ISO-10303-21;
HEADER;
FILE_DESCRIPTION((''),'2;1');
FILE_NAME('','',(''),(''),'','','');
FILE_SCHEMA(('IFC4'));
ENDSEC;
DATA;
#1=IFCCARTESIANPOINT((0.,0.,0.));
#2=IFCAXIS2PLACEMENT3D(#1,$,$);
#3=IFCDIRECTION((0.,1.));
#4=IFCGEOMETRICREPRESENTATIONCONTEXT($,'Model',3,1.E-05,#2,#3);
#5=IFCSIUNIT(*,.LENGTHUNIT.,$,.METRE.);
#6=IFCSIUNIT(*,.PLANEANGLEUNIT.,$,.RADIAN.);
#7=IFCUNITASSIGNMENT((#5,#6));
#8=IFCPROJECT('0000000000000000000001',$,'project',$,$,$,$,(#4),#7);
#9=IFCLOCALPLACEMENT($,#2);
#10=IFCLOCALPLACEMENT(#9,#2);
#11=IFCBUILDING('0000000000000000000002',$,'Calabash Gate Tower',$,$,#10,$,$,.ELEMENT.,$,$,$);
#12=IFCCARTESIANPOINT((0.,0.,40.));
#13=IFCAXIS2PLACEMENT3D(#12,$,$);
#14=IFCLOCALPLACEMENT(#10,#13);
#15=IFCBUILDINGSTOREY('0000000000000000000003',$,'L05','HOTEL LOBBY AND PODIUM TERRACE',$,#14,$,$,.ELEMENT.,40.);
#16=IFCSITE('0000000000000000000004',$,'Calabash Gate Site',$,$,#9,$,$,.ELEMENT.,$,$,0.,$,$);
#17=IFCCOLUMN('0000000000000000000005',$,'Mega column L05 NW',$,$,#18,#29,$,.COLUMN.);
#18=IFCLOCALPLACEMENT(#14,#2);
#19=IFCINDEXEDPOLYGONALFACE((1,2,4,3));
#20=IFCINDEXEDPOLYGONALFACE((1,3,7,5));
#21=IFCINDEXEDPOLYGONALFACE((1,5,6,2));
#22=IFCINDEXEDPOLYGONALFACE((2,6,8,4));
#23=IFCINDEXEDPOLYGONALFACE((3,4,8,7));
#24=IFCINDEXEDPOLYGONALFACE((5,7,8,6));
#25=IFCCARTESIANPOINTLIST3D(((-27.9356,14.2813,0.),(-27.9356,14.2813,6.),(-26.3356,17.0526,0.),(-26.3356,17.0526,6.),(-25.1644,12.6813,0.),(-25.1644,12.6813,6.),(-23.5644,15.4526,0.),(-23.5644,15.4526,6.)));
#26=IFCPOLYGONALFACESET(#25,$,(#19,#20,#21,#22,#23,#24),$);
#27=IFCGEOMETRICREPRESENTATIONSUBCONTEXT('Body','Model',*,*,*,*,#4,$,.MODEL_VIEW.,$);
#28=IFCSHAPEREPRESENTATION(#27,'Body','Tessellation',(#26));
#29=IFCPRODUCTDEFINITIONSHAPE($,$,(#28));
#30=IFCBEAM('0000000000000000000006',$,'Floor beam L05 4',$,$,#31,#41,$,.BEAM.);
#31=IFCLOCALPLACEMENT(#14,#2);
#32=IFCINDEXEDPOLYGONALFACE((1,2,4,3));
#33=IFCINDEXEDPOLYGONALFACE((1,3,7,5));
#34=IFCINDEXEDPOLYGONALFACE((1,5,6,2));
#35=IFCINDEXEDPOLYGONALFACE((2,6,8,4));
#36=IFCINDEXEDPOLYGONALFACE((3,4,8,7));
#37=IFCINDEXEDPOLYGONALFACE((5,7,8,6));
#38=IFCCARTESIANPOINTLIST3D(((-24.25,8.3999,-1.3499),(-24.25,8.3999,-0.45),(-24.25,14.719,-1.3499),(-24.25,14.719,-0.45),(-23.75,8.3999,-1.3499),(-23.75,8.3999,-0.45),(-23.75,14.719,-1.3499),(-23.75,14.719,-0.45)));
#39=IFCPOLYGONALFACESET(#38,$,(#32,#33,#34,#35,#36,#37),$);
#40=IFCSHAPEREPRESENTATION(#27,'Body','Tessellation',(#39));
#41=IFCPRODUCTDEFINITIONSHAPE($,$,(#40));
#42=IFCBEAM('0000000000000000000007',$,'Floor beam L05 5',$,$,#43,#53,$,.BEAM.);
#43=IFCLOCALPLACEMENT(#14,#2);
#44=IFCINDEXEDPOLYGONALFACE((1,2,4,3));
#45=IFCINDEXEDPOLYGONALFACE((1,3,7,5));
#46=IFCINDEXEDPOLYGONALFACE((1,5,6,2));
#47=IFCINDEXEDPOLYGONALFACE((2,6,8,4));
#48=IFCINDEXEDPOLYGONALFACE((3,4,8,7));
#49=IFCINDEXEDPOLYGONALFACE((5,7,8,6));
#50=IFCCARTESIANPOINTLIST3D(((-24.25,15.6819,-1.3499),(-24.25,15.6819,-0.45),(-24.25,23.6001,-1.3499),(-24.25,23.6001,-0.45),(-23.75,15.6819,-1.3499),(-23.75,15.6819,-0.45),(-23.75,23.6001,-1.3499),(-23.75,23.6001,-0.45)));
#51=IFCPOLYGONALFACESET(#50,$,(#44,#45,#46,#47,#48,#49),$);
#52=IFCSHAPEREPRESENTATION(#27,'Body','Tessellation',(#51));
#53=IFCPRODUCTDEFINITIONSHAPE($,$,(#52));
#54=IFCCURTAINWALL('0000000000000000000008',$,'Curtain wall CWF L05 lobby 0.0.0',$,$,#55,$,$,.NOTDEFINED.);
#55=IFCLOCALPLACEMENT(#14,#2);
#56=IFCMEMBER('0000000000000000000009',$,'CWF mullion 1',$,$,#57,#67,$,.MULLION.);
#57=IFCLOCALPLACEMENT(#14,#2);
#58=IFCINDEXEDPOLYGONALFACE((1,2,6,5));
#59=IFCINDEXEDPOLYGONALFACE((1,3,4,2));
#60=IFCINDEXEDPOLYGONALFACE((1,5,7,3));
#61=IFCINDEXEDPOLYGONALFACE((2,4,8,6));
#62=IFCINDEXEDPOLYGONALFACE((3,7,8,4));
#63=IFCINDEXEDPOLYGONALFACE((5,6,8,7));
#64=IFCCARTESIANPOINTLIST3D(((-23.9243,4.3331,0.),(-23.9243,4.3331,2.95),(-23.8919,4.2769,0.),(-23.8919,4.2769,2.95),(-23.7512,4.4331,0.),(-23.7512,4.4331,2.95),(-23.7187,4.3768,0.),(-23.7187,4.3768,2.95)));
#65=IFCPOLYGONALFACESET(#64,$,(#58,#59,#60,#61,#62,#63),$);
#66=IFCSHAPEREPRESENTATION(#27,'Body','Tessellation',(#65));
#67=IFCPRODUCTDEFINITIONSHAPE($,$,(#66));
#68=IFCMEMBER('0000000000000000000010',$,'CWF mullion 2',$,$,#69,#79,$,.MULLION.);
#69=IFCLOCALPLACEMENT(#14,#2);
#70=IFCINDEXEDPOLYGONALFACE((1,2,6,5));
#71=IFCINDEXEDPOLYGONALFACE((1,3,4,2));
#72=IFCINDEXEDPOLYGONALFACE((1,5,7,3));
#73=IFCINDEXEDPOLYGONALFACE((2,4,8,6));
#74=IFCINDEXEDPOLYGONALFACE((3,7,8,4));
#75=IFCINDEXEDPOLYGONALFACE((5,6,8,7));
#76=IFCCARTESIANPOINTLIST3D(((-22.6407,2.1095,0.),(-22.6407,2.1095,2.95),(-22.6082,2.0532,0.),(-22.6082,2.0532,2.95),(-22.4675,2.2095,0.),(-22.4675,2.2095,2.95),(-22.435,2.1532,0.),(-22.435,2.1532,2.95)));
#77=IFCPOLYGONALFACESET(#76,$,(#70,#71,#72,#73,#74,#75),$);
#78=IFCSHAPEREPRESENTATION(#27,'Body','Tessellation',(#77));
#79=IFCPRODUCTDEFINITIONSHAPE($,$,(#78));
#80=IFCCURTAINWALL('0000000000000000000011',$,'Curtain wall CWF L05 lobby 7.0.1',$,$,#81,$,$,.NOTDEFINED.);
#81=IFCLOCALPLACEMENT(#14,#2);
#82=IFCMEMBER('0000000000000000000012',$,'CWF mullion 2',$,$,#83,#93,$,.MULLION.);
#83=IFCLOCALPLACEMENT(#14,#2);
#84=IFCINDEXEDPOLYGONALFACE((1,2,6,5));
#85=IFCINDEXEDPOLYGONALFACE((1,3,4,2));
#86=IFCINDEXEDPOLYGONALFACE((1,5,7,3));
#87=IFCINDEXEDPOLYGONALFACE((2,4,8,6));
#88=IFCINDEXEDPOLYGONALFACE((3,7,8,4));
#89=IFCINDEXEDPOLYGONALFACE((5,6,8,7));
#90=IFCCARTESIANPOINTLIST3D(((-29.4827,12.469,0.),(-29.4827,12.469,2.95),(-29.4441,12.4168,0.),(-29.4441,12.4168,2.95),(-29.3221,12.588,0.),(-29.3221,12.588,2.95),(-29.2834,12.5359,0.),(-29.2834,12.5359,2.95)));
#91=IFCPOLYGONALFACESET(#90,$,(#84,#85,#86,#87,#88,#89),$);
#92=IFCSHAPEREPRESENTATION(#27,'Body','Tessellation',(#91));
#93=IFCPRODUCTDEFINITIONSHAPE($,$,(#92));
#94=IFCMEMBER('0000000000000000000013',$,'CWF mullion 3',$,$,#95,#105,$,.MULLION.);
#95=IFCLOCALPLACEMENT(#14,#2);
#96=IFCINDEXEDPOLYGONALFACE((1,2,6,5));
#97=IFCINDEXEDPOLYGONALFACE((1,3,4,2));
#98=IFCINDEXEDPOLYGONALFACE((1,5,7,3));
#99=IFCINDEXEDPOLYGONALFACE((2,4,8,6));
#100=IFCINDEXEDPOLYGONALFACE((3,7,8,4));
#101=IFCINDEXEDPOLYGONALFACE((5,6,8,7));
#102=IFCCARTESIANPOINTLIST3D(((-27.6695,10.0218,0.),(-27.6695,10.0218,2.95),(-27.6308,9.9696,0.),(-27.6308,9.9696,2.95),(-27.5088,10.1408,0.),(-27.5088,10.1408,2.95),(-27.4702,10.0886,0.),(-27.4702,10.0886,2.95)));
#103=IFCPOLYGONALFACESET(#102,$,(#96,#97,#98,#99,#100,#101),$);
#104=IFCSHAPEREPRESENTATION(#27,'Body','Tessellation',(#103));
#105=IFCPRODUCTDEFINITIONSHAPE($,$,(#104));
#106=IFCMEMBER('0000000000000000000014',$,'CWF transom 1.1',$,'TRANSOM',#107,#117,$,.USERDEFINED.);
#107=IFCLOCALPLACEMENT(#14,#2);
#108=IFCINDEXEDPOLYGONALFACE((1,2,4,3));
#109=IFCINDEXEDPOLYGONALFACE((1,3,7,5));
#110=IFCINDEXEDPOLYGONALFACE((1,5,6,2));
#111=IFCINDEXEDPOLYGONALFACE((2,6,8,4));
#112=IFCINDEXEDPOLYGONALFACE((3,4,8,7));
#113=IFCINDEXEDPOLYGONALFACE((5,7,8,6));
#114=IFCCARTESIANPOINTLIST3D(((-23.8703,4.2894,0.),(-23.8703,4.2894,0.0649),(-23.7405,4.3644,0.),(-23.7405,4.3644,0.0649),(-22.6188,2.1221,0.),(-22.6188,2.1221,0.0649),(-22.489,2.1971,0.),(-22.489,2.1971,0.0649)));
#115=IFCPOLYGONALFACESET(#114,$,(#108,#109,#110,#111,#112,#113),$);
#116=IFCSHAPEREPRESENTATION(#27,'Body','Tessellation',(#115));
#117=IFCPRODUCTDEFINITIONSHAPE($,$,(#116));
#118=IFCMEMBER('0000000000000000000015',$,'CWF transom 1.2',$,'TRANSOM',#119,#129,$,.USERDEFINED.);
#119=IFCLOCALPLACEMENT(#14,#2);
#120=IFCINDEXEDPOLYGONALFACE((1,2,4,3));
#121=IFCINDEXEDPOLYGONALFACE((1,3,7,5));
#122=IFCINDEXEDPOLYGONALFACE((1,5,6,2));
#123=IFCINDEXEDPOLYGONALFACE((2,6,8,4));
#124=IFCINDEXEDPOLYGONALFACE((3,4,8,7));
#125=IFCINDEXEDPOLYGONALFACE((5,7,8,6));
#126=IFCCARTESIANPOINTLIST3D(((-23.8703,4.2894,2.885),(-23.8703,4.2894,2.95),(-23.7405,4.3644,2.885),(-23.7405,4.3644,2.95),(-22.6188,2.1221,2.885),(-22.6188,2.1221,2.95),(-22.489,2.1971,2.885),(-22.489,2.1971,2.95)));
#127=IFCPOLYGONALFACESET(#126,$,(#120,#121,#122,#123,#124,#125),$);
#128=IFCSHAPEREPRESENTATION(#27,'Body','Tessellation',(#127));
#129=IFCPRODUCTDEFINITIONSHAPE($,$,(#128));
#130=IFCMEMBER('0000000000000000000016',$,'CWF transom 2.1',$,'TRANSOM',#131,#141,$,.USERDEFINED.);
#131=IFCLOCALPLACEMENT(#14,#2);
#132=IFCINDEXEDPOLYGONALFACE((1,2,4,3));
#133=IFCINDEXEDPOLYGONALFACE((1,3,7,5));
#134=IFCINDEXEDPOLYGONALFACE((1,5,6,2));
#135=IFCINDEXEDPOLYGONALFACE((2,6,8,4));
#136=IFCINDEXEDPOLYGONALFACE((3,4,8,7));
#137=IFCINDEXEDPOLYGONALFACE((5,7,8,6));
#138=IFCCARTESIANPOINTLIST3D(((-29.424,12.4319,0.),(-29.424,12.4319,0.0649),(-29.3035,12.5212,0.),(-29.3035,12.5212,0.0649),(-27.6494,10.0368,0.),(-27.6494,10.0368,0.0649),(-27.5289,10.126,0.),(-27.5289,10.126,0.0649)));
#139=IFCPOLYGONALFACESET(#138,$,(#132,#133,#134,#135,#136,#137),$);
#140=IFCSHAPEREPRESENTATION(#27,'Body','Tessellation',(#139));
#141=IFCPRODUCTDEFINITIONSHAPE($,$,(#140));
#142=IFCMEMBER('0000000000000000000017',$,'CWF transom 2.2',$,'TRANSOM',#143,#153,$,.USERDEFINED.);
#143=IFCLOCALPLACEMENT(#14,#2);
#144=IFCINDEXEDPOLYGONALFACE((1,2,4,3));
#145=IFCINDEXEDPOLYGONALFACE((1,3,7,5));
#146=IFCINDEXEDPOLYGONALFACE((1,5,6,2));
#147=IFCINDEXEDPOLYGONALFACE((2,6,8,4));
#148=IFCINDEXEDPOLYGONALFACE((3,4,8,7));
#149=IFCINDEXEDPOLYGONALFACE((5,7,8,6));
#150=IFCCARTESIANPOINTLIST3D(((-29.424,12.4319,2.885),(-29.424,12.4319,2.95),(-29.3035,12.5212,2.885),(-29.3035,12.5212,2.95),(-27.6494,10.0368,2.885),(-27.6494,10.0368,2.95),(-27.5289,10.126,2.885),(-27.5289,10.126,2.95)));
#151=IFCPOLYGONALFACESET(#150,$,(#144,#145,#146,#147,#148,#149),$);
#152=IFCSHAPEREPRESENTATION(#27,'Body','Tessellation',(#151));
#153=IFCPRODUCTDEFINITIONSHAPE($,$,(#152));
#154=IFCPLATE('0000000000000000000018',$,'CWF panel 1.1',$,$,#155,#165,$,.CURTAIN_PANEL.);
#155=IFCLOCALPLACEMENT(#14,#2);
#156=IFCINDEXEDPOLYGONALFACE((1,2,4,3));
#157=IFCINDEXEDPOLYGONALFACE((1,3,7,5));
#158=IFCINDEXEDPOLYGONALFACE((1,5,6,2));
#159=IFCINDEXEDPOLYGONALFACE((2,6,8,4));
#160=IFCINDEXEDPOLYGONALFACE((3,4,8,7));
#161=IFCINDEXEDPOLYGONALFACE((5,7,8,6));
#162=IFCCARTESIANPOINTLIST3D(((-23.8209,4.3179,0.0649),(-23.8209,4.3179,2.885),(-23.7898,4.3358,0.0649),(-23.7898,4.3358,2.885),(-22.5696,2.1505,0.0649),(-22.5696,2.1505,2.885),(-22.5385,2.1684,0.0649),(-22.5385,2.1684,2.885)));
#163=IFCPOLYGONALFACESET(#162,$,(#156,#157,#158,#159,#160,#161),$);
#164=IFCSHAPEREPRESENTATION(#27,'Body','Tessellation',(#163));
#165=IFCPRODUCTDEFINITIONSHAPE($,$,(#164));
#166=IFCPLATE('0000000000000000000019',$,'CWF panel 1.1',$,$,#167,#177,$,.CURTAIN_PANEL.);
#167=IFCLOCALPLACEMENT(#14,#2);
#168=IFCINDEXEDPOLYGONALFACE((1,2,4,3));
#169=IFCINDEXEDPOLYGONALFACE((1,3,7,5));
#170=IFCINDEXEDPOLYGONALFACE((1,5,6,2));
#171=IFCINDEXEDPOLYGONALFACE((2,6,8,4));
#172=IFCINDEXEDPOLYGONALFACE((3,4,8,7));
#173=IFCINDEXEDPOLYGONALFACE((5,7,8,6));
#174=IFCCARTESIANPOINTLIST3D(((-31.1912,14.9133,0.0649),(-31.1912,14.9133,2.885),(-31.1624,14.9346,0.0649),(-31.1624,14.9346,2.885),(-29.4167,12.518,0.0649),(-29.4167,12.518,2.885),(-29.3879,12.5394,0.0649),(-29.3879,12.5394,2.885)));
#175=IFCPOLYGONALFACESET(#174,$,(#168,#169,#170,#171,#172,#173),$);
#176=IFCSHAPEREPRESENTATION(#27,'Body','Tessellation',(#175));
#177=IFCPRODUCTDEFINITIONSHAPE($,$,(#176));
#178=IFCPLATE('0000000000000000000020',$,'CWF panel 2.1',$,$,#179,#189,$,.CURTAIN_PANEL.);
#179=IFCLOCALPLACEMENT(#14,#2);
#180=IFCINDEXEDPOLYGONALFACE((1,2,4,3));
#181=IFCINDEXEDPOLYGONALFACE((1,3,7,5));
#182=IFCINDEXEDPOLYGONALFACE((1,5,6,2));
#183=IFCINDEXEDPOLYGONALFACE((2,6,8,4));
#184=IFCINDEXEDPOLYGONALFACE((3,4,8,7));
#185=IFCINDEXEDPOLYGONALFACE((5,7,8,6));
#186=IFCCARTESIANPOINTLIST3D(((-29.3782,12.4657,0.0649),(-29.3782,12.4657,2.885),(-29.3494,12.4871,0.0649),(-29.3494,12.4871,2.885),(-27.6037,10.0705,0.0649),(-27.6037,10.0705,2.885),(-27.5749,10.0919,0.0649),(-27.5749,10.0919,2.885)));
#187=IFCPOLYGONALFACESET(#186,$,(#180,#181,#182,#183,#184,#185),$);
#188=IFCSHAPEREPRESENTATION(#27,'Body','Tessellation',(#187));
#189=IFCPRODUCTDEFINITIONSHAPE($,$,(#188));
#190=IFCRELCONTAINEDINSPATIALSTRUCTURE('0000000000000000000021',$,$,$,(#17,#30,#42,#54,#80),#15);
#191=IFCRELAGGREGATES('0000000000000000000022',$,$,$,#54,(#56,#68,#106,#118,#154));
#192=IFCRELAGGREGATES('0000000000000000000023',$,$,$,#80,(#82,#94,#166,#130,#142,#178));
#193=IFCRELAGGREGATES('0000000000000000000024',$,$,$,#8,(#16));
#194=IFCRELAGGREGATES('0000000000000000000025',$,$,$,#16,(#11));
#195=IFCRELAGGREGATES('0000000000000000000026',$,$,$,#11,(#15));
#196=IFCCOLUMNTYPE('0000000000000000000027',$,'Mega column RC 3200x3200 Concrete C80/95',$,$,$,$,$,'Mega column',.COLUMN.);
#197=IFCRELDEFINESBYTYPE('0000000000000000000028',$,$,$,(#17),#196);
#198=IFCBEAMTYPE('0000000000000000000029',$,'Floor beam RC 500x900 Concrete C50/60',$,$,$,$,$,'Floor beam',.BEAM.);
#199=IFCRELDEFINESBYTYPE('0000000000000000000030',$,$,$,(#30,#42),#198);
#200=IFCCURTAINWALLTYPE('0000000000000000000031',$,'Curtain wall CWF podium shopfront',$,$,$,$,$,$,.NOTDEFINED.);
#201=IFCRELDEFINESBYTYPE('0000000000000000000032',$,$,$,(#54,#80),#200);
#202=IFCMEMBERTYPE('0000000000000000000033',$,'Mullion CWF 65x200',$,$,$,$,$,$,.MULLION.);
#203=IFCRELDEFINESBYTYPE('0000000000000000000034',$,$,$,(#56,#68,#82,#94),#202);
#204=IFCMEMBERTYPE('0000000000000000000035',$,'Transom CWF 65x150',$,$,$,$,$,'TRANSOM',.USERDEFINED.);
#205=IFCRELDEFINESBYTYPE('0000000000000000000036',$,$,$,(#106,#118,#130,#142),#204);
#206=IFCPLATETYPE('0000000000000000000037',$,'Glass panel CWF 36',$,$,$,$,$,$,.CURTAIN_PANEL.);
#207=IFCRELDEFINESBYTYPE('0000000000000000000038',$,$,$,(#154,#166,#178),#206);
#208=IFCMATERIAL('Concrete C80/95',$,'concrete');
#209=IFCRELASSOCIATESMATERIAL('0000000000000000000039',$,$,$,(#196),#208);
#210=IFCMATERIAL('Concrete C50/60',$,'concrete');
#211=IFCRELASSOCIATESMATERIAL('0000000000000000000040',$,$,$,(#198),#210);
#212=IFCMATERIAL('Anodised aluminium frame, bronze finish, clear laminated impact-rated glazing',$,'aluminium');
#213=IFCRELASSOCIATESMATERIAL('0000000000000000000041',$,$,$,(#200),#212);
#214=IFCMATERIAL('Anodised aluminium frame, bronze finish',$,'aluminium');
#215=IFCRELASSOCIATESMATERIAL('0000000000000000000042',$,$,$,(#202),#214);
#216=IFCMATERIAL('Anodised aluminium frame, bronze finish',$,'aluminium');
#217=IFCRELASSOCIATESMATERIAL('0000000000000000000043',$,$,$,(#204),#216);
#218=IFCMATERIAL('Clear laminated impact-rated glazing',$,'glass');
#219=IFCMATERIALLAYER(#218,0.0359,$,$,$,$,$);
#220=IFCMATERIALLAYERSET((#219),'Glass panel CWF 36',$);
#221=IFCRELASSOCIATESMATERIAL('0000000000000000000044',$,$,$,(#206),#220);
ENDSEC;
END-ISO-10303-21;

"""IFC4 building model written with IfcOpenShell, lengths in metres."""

from ifc_helpers import new_model, si_unit, direction, frame, origin, origin_2d, place, context, subcontext, project, spatial, rectangle, extrude, material, layer, layer_set, material_profile, profile_set, type_object, element, aggregate, save


model = new_model("IFC4")

# Units and contexts
model_context = context("Model", 3, precision=1e-05, world=origin(), true_north=direction((0.0, 1.0)))
body_context = subcontext(model_context, "Body", "Model", "MODEL_VIEW")
ifc_project = project(units=[si_unit("LENGTHUNIT", "METRE"), si_unit("PLANEANGLEUNIT", "RADIAN")], contexts=[model_context])

# Site, building, storey
site_placement = place(None, origin())
site = spatial("IfcSite", under=ifc_project, at=site_placement, Name="Calabash Gate Site", CompositionType="ELEMENT", RefElevation=0.0)
building_placement = place(site_placement, origin())
building = spatial("IfcBuilding", under=site, at=building_placement, Name="Calabash Gate Tower", CompositionType="ELEMENT")
storey_placement = place(building_placement, frame((0.0, 0.0, 40.0)))
storey = spatial("IfcBuildingStorey", under=building, at=storey_placement, Name="L05", Description="HOTEL LOBBY AND PODIUM TERRACE", CompositionType="ELEMENT", Elevation=40.0)

# Column
ifc_material_1 = material(Name="Concrete C80/95", Category="concrete")
ifc_material_profile_1 = material_profile(ifc_material_1, rectangle(XDim=3.2, YDim=3.2, at=origin_2d()))
ifc_profile_set_1 = profile_set([ifc_material_profile_1], Name="Concrete C80/95")
column_type = type_object("IfcColumnType", Name="Mega column RC 3200x3200 Concrete C80/95", ElementType="Mega column", PredefinedType="COLUMN", material=ifc_profile_set_1)
column_placement = place(storey_placement, frame((-25.75, 14.8669, 0.0), z_axis=(0.0, 0.0, 1.0), x_axis=(0.866025, -0.5, 0.0)))
element("IfcColumn", 1, at=column_placement, inside=storey, type_object=column_type, Name="Mega column L05 NW", PredefinedType="COLUMN", context=body_context, shape_type="SweptSolid", body=[
    extrude(rectangle(XDim=3.2, YDim=3.2, at=origin_2d()), origin(), (0.0, 0.0, 1.0), 6.0),
])

# Beams
ifc_material_2 = material(Name="Concrete C50/60", Category="concrete")
ifc_material_profile_2 = material_profile(ifc_material_2, rectangle(XDim=0.5, YDim=0.8999, at=origin_2d()))
ifc_profile_set_2 = profile_set([ifc_material_profile_2], Name="Concrete C50/60")
beam_type = type_object("IfcBeamType", Name="Floor beam RC 500x900 Concrete C50/60", ElementType="Floor beam", PredefinedType="BEAM", material=ifc_profile_set_2)
beam_1_placement = place(storey_placement, frame((-24.0, 8.3999, -0.8999), z_axis=(0.0, 1.0, 0.0), x_axis=(-1.0, 0.0, 0.0)))
element("IfcBeam", 2, at=beam_1_placement, inside=storey, type_object=beam_type, Name="Floor beam L05 4", PredefinedType="BEAM", context=body_context, shape_type="SweptSolid", body=[
    extrude(rectangle(XDim=0.5, YDim=0.8999, at=origin_2d()), origin(), (0.0, 0.0, 1.0), 6.3191),
])
beam_2_placement = place(storey_placement, frame((-24.0, 15.6819, -0.8999), z_axis=(0.0, 1.0, 0.0), x_axis=(-1.0, 0.0, 0.0)))
element("IfcBeam", 3, at=beam_2_placement, inside=storey, type_object=beam_type, Name="Floor beam L05 5", PredefinedType="BEAM", context=body_context, shape_type="SweptSolid", body=[
    extrude(rectangle(XDim=0.5, YDim=0.8999, at=origin_2d()), origin(), (0.0, 0.0, 1.0), 7.9182),
])

# Curtain walls, members
ifc_material_3 = material(Name="Anodised aluminium frame, bronze finish, clear laminated impact-rated glazing", Category="aluminium")
curtain_wall_type = type_object("IfcCurtainWallType", Name="Curtain wall CWF podium shopfront", PredefinedType="NOTDEFINED", material=ifc_material_3)
curtain_wall_1_placement = place(storey_placement, origin())
curtain_wall_1 = element("IfcCurtainWall", 4, at=curtain_wall_1_placement, inside=storey, type_object=curtain_wall_type, Name="Curtain wall CWF L05 lobby 0.0.0", PredefinedType="NOTDEFINED")
ifc_material_4 = material(Name="Anodised aluminium frame, bronze finish", Category="aluminium")
ifc_material_profile_3 = material_profile(ifc_material_4, rectangle(XDim=0.2, YDim=0.0649, at=origin_2d()))
ifc_profile_set_3 = profile_set([ifc_material_profile_3], Name="Anodised aluminium frame, bronze finish")
member_type_1 = type_object("IfcMemberType", Name="Mullion CWF 65x200", PredefinedType="MULLION", material=ifc_profile_set_3)
member_1_placement = place(storey_placement, frame((-23.8215, 4.355, 0.0), z_axis=(0.0, 0.0, 1.0), x_axis=(0.866025, 0.5, 0.0)))
member_1 = element("IfcMember", 5, at=member_1_placement, type_object=member_type_1, Name="CWF mullion 1", PredefinedType="MULLION", context=body_context, shape_type="SweptSolid", body=[
    extrude(rectangle(XDim=0.2, YDim=0.0649, at=origin_2d()), origin(), (0.0, 0.0, 1.0), 2.95),
])
member_2_placement = place(storey_placement, frame((-22.5378, 2.1313, 0.0), z_axis=(0.0, 0.0, 1.0), x_axis=(0.866025, 0.5, 0.0)))
member_2 = element("IfcMember", 6, at=member_2_placement, type_object=member_type_1, Name="CWF mullion 2", PredefinedType="MULLION", context=body_context, shape_type="SweptSolid", body=[
    extrude(rectangle(XDim=0.2, YDim=0.0649, at=origin_2d()), origin(), (0.0, 0.0, 1.0), 2.95),
])
curtain_wall_2_placement = place(storey_placement, origin())
curtain_wall_2 = element("IfcCurtainWall", 7, at=curtain_wall_2_placement, inside=storey, type_object=curtain_wall_type, Name="Curtain wall CWF L05 lobby 7.0.1", PredefinedType="NOTDEFINED")
member_3_placement = place(storey_placement, frame((-29.3831, 12.5024, 0.0), z_axis=(0.0, 0.0, 1.0), x_axis=(0.803513, 0.595287, 0.0)))
member_3 = element("IfcMember", 8, at=member_3_placement, type_object=member_type_1, Name="CWF mullion 2", PredefinedType="MULLION", context=body_context, shape_type="SweptSolid", body=[
    extrude(rectangle(XDim=0.2, YDim=0.0649, at=origin_2d()), origin(), (0.0, 0.0, 1.0), 2.95),
])
member_4_placement = place(storey_placement, frame((-27.5698, 10.0552, 0.0), z_axis=(0.0, 0.0, 1.0), x_axis=(0.803513, 0.595287, 0.0)))
member_4 = element("IfcMember", 9, at=member_4_placement, type_object=member_type_1, Name="CWF mullion 3", PredefinedType="MULLION", context=body_context, shape_type="SweptSolid", body=[
    extrude(rectangle(XDim=0.2, YDim=0.0649, at=origin_2d()), origin(), (0.0, 0.0, 1.0), 2.95),
])

# Members
ifc_material_5 = material(Name="Anodised aluminium frame, bronze finish", Category="aluminium")
ifc_material_profile_4 = material_profile(ifc_material_5, rectangle(XDim=0.1499, YDim=0.0649, at=origin_2d()))
ifc_profile_set_4 = profile_set([ifc_material_profile_4], Name="Anodised aluminium frame, bronze finish")
member_type_2 = type_object("IfcMemberType", Name="Transom CWF 65x150", ElementType="TRANSOM", PredefinedType="USERDEFINED", material=ifc_profile_set_4)
member_5_placement = place(storey_placement, frame((-23.8054, 4.3269, 0.0325), z_axis=(0.500063, -0.865989, 0.0), x_axis=(0.865989, 0.500063, 0.0)))
member_5 = element("IfcMember", 10, at=member_5_placement, type_object=member_type_2, Name="CWF transom 1.1", ObjectType="TRANSOM", PredefinedType="USERDEFINED", context=body_context, shape_type="SweptSolid", body=[
    extrude(rectangle(XDim=0.1499, YDim=0.0649, at=origin_2d()), origin(), (0.0, 0.0, 1.0), 2.5027),
])
member_6_placement = place(storey_placement, frame((-23.8054, 4.3269, 2.9175), z_axis=(0.500063, -0.865989, 0.0), x_axis=(0.865989, 0.500063, 0.0)))
member_6 = element("IfcMember", 11, at=member_6_placement, type_object=member_type_2, Name="CWF transom 1.2", ObjectType="TRANSOM", PredefinedType="USERDEFINED", context=body_context, shape_type="SweptSolid", body=[
    extrude(rectangle(XDim=0.1499, YDim=0.0649, at=origin_2d()), origin(), (0.0, 0.0, 1.0), 2.5027),
])
member_7_placement = place(storey_placement, frame((-29.3638, 12.4766, 0.0325), z_axis=(0.595312, -0.803495, 0.0), x_axis=(0.803495, 0.595312, 0.0)))
member_7 = element("IfcMember", 12, at=member_7_placement, type_object=member_type_2, Name="CWF transom 2.1", ObjectType="TRANSOM", PredefinedType="USERDEFINED", context=body_context, shape_type="SweptSolid", body=[
    extrude(rectangle(XDim=0.1499, YDim=0.0649, at=origin_2d()), origin(), (0.0, 0.0, 1.0), 2.981),
])
member_8_placement = place(storey_placement, frame((-29.3638, 12.4766, 2.9175), z_axis=(0.595312, -0.803495, 0.0), x_axis=(0.803495, 0.595312, 0.0)))
member_8 = element("IfcMember", 13, at=member_8_placement, type_object=member_type_2, Name="CWF transom 2.2", ObjectType="TRANSOM", PredefinedType="USERDEFINED", context=body_context, shape_type="SweptSolid", body=[
    extrude(rectangle(XDim=0.1499, YDim=0.0649, at=origin_2d()), origin(), (0.0, 0.0, 1.0), 2.981),
])

# Plates
ifc_material_6 = material(Name="Clear laminated impact-rated glazing", Category="glass")
ifc_layer_1 = layer(ifc_material_6, 0.0359)
ifc_layer_set_1 = layer_set([ifc_layer_1], Name="Glass panel CWF 36")
plate_type = type_object("IfcPlateType", Name="Glass panel CWF 36", PredefinedType="CURTAIN_PANEL", material=ifc_layer_set_1)
plate_1_placement = place(storey_placement, frame((-23.1797, 3.2432, 0.0649), z_axis=(0.0, 0.0, 1.0), x_axis=(0.5, -0.866025, 0.0)))
plate_1 = element("IfcPlate", 14, at=plate_1_placement, type_object=plate_type, Name="CWF panel 1.1", PredefinedType="CURTAIN_PANEL", context=body_context, shape_type="SweptSolid", body=[
    extrude(rectangle(XDim=2.5027, YDim=0.0359, at=origin_2d()), origin(), (0.0, 0.0, 1.0), 2.8201),
])
aggregate(curtain_wall_1, [member_1, member_2, member_5, member_6, plate_1])
plate_2_placement = place(storey_placement, frame((-30.2896, 13.7263, 0.0649), z_axis=(0.0, 0.0, 1.0), x_axis=(0.595287, -0.803513, 0.0)))
plate_2 = element("IfcPlate", 15, at=plate_2_placement, type_object=plate_type, Name="CWF panel 1.1", PredefinedType="CURTAIN_PANEL", context=body_context, shape_type="SweptSolid", body=[
    extrude(rectangle(XDim=2.981, YDim=0.0359, at=origin_2d()), origin(), (0.0, 0.0, 1.0), 2.8201),
])
plate_3_placement = place(storey_placement, frame((-28.4766, 11.2788, 0.0649), z_axis=(0.0, 0.0, 1.0), x_axis=(0.595287, -0.803513, 0.0)))
plate_3 = element("IfcPlate", 16, at=plate_3_placement, type_object=plate_type, Name="CWF panel 2.1", PredefinedType="CURTAIN_PANEL", context=body_context, shape_type="SweptSolid", body=[
    extrude(rectangle(XDim=2.981, YDim=0.0359, at=origin_2d()), origin(), (0.0, 0.0, 1.0), 2.8201),
])
aggregate(curtain_wall_2, [member_3, member_4, plate_2, member_7, member_8, plate_3])

save(model, "model.ifc")
